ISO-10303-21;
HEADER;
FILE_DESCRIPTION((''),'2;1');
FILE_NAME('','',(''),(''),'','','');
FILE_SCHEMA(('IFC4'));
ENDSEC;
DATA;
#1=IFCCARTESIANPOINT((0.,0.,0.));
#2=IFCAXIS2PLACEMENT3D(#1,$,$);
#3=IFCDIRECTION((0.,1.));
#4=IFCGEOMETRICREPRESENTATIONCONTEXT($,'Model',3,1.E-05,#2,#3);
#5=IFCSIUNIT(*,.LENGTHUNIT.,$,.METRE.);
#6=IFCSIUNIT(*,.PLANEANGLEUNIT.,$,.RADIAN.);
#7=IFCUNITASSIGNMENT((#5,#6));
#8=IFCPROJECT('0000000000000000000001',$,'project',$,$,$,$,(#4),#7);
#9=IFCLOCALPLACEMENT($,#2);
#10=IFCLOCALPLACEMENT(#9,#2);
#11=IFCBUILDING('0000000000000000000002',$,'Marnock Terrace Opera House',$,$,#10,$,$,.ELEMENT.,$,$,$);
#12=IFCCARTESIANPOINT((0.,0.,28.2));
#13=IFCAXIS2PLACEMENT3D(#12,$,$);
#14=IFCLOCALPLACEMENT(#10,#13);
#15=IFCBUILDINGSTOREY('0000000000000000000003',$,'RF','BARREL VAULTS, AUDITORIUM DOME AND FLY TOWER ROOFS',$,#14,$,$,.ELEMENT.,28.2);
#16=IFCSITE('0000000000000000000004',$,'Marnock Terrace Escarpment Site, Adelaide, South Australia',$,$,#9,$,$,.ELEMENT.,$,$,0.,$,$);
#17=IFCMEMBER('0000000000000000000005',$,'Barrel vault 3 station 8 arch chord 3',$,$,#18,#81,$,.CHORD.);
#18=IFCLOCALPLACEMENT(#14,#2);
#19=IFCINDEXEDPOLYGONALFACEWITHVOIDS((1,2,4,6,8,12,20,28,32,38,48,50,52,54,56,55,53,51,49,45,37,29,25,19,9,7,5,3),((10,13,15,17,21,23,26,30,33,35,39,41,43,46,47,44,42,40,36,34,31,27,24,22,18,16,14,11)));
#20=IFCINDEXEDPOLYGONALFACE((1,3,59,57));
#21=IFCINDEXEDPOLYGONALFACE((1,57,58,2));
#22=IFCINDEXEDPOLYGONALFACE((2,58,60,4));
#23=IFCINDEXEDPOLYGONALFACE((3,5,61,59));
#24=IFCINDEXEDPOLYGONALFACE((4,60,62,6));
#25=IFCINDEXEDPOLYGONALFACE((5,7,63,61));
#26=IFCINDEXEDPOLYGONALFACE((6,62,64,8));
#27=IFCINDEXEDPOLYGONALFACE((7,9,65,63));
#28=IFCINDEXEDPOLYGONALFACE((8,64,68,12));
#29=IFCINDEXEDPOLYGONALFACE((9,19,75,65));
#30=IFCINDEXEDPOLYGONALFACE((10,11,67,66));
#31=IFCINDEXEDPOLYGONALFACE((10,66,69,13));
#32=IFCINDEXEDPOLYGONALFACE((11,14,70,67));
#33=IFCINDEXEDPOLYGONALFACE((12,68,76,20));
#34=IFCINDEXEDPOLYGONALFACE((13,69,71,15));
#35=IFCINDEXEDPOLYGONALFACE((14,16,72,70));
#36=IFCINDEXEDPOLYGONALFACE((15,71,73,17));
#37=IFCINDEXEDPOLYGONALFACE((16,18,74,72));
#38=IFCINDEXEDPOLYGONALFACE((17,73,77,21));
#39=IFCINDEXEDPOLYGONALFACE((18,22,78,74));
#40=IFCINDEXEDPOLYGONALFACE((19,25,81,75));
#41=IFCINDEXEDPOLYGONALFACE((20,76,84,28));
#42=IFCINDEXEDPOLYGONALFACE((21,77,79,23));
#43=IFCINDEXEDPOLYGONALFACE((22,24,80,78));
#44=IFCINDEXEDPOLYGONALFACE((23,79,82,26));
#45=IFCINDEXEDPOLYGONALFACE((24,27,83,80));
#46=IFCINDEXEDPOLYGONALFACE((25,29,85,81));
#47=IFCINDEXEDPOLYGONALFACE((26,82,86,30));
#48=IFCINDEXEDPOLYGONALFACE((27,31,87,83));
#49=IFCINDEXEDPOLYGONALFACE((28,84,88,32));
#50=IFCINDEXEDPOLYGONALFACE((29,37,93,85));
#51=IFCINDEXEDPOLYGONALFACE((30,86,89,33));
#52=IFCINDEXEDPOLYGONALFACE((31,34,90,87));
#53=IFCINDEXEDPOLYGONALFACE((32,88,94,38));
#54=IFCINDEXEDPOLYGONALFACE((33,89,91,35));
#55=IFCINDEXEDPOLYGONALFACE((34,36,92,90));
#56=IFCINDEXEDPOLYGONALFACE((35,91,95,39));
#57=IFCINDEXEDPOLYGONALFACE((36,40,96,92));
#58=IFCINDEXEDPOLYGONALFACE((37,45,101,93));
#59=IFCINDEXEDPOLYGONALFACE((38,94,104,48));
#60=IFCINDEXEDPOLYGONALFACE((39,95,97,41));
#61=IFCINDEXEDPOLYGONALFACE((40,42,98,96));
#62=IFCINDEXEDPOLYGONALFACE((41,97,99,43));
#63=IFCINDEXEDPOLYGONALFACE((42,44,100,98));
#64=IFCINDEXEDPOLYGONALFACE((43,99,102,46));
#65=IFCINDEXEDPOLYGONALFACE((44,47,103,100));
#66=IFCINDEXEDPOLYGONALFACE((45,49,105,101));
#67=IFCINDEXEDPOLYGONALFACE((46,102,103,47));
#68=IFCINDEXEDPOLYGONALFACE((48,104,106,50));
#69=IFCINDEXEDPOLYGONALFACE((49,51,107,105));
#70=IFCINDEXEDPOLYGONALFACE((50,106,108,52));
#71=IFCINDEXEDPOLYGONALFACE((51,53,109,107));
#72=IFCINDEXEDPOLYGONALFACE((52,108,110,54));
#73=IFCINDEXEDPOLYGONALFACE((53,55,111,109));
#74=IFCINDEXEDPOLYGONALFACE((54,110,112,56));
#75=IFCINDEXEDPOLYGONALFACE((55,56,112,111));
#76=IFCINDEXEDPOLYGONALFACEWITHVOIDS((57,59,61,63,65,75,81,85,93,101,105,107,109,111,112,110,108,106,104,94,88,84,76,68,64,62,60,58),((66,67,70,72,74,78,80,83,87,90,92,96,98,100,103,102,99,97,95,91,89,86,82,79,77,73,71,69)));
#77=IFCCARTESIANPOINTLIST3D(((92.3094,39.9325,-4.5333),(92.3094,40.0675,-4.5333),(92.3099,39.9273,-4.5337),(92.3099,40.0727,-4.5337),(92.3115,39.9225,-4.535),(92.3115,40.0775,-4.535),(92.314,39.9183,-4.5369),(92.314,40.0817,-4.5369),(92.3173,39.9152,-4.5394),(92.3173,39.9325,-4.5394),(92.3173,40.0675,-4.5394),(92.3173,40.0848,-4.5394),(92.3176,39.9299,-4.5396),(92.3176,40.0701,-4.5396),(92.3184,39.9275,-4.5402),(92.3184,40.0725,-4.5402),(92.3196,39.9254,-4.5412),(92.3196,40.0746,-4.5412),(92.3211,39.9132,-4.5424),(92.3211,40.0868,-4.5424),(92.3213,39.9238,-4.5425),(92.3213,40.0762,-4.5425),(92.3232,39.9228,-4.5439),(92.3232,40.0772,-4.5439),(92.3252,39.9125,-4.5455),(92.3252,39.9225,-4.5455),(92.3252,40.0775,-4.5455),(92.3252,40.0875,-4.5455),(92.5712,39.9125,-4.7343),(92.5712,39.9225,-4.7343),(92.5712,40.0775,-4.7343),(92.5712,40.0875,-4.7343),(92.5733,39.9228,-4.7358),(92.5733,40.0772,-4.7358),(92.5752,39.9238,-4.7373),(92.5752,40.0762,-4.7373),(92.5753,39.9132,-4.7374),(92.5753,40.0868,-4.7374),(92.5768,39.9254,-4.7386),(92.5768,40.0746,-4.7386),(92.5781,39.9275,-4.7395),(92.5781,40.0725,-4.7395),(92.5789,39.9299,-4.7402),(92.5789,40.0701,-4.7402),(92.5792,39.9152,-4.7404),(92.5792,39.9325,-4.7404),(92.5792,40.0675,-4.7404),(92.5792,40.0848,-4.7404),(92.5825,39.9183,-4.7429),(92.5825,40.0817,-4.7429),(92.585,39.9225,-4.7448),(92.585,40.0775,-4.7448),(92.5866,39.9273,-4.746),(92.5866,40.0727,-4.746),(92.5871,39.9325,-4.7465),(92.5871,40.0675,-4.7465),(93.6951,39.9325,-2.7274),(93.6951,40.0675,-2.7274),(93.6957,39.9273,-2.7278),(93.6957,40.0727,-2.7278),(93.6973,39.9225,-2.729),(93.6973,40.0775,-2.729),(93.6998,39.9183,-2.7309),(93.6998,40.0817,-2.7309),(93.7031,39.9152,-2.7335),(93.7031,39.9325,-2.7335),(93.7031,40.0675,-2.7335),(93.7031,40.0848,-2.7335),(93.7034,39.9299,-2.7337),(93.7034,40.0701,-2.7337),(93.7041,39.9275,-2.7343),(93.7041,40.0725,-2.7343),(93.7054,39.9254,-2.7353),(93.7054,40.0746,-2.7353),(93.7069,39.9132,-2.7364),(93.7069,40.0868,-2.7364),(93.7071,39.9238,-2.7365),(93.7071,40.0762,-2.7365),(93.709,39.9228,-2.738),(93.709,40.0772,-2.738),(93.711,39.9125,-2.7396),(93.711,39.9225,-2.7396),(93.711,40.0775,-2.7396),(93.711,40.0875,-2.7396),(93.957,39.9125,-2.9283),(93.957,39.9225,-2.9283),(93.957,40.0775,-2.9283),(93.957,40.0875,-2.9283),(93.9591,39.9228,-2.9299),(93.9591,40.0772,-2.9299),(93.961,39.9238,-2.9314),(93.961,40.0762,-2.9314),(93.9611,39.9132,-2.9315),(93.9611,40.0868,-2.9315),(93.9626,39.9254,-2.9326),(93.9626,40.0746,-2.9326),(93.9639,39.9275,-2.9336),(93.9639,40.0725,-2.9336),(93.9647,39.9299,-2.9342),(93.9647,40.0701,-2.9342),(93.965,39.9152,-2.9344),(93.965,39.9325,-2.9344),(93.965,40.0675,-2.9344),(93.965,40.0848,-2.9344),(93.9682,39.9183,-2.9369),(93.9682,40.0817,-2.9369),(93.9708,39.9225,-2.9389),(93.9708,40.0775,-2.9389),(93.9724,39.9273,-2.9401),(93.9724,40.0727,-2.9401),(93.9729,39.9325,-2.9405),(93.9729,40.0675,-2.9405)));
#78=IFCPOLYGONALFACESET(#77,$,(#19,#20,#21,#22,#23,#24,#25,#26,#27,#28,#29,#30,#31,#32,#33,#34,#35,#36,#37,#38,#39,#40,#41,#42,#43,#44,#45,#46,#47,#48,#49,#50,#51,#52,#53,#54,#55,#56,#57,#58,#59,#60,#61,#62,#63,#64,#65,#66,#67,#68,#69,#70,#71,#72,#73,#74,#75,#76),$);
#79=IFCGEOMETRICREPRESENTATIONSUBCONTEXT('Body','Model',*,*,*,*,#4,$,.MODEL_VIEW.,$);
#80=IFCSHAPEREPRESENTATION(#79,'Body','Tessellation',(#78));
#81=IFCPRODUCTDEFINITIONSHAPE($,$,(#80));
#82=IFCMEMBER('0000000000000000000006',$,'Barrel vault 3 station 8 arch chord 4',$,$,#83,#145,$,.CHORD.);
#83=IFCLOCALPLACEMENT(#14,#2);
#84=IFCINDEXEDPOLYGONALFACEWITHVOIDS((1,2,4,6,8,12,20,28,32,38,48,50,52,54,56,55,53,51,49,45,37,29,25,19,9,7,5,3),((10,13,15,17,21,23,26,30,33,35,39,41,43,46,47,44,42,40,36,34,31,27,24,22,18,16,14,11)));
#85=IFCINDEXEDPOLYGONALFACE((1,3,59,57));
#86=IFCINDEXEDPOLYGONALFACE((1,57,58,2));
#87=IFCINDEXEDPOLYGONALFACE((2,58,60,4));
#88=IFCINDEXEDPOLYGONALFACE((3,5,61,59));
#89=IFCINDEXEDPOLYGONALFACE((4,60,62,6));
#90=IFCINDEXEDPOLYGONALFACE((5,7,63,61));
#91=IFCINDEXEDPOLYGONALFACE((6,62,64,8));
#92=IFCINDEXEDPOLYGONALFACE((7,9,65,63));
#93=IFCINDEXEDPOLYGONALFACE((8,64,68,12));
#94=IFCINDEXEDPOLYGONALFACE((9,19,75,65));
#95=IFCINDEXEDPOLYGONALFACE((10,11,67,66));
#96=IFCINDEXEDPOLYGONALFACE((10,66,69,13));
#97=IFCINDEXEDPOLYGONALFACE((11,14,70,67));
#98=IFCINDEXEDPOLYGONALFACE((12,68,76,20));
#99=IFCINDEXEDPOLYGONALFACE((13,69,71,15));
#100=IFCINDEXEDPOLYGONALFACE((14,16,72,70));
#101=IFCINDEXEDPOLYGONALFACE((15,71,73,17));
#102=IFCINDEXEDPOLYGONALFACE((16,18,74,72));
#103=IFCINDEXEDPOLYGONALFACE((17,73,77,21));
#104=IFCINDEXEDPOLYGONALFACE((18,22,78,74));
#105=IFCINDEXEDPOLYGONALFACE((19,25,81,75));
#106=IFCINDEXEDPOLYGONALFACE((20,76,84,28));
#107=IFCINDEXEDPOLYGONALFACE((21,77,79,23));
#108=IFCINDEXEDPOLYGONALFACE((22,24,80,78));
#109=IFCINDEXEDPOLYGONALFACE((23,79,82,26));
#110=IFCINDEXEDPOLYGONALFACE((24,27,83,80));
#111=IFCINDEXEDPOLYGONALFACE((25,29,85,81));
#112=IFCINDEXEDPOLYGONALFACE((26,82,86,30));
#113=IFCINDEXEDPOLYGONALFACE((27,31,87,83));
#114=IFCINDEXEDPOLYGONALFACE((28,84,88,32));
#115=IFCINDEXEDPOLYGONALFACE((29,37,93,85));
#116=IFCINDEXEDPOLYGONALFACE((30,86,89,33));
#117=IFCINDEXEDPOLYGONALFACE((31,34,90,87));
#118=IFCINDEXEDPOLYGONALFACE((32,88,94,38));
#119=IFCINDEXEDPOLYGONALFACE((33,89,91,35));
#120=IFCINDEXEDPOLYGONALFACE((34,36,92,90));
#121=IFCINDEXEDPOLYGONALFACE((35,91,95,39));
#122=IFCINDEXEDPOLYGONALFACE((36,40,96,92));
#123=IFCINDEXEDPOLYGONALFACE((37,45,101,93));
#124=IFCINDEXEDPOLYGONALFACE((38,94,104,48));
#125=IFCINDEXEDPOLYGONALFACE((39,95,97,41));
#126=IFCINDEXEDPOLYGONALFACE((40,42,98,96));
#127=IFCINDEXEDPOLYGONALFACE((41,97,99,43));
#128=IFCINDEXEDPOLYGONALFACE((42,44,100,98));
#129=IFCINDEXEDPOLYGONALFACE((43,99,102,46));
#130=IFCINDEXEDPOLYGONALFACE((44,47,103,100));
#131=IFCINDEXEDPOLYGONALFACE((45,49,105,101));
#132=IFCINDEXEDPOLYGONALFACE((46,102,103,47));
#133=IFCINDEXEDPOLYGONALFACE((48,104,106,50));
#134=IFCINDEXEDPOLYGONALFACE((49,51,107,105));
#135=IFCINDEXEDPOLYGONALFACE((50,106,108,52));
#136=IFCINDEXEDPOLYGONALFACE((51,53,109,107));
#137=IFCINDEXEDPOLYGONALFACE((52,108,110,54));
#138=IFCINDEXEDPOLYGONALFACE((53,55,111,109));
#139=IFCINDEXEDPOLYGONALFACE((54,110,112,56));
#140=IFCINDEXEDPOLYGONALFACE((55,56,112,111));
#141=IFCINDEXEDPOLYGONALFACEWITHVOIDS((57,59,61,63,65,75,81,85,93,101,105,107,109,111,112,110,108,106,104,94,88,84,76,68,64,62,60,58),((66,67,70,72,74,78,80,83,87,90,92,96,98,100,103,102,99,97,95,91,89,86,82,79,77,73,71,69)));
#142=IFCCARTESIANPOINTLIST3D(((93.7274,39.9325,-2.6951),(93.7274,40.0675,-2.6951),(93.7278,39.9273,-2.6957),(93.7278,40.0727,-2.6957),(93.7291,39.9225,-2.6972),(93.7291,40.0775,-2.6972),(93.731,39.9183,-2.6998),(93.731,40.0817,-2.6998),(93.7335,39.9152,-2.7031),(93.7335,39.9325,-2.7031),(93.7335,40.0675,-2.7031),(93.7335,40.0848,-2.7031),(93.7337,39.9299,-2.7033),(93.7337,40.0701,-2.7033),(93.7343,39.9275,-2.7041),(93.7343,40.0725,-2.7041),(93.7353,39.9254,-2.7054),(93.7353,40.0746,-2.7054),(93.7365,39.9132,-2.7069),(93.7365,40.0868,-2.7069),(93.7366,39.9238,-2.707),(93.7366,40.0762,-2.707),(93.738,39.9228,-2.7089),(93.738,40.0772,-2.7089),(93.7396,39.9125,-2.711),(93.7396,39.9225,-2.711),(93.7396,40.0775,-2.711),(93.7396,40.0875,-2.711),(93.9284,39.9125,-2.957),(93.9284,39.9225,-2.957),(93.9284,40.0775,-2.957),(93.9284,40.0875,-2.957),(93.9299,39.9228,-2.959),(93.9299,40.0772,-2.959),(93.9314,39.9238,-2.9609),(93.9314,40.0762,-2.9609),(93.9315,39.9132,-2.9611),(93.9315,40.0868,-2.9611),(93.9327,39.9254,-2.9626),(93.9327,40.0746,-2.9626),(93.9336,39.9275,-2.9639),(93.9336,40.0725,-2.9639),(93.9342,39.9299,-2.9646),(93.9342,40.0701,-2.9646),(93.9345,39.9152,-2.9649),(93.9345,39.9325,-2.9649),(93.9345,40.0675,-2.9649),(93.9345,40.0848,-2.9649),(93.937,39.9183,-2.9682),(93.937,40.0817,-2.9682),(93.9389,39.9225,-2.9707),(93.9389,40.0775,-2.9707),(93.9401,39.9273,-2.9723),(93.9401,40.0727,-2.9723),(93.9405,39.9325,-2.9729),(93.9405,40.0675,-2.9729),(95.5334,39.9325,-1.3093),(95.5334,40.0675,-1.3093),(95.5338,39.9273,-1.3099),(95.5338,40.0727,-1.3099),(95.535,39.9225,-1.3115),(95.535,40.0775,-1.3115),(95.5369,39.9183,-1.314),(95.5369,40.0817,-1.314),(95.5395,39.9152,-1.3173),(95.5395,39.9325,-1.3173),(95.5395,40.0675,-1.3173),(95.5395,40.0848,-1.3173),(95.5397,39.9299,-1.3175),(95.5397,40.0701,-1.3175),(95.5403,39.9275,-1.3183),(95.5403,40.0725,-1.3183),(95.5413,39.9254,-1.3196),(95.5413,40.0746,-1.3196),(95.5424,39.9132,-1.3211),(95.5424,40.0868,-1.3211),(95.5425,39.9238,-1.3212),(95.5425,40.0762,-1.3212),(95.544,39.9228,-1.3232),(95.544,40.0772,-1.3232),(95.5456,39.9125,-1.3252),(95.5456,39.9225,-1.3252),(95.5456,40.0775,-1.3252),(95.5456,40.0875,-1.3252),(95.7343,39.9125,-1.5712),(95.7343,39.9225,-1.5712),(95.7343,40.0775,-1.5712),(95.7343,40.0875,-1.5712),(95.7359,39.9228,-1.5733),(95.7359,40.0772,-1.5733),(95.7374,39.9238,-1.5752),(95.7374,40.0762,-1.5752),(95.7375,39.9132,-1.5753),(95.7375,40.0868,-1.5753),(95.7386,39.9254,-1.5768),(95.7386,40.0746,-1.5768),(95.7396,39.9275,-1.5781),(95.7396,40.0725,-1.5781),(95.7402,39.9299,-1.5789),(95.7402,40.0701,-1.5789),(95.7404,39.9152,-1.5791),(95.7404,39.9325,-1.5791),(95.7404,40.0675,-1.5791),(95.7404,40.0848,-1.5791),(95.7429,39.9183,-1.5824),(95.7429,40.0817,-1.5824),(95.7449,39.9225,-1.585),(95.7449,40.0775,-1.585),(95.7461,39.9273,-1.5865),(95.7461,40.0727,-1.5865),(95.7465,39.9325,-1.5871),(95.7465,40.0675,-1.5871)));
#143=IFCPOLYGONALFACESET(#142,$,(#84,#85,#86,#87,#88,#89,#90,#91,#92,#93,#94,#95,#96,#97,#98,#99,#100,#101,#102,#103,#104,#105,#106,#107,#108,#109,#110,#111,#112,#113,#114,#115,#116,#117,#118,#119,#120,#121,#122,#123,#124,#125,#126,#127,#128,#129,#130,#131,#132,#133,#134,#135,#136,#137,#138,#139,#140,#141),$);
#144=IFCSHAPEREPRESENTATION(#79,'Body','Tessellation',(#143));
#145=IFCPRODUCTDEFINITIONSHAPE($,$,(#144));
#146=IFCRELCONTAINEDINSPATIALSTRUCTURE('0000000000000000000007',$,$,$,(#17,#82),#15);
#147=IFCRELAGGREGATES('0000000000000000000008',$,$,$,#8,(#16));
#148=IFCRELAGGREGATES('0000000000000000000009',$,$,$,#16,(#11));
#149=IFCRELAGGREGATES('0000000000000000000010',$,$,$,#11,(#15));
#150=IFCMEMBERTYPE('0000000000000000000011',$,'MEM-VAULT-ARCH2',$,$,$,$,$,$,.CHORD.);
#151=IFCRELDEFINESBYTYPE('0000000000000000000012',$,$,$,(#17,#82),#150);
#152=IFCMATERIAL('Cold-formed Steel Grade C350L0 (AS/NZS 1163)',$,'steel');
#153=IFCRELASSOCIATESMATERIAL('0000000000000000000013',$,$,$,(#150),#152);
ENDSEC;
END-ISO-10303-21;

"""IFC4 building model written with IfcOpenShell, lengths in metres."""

from ifc_helpers import new_model, si_unit, direction, frame, origin, origin_2d, place, context, subcontext, project, spatial, hollow_rectangle, extrude, material, material_profile, profile_set, type_object, element, save


model = new_model("IFC4")

# Units and contexts
model_context = context("Model", 3, precision=1e-05, world=origin(), true_north=direction((0.0, 1.0)))
body_context = subcontext(model_context, "Body", "Model", "MODEL_VIEW")
ifc_project = project(units=[si_unit("LENGTHUNIT", "METRE"), si_unit("PLANEANGLEUNIT", "RADIAN")], contexts=[model_context])

# Site, building, storey
site_placement = place(None, origin())
site = spatial("IfcSite", under=ifc_project, at=site_placement, Name="Marnock Terrace Escarpment Site, Adelaide, South Australia", CompositionType="ELEMENT", RefElevation=0.0)
building_placement = place(site_placement, origin())
building = spatial("IfcBuilding", under=site, at=building_placement, Name="Marnock Terrace Opera House", CompositionType="ELEMENT")
storey_placement = place(building_placement, frame((0.0, 0.0, 28.2)))
storey = spatial("IfcBuildingStorey", under=building, at=storey_placement, Name="RF", Description="BARREL VAULTS, AUDITORIUM DOME AND FLY TOWER ROOFS", CompositionType="ELEMENT", Elevation=28.2)

# Members
ifc_material_1 = material(Name="Cold-formed Steel Grade C350L0 (AS/NZS 1163)", Category="steel")
ifc_material_profile_1 = material_profile(ifc_material_1, hollow_rectangle(XDim=0.175, YDim=0.3501, WallThickness=0.01, InnerFilletRadius=0.01, OuterFilletRadius=0.02, at=origin_2d()))
ifc_profile_set_1 = profile_set([ifc_material_profile_1], Name="Cold-formed Steel Grade C350L0 (AS/NZS 1163)")
member_type_1 = type_object("IfcMemberType", Name="MEM-VAULT-ARCH2", PredefinedType="CHORD", material=ifc_profile_set_1)
for number, where, z_axis, x_axis, name in (
    (1, (92.4482, 40.0, -4.6399), (0.608767, 0.0, 0.793349), (0.0, 1.0, 0.0), "Barrel vault 3 station 8 arch chord 3"),
    (2, (93.834, 40.0, -2.834), (0.793349, 0.0, 0.608767), (0.0, 1.0, 0.0), "Barrel vault 3 station 8 arch chord 4"),
):
    element("IfcMember", number, at=place(storey_placement, frame(where, z_axis=z_axis, x_axis=x_axis)), inside=storey, type_object=member_type_1, Name=name, PredefinedType="CHORD", context=body_context, shape_type="SweptSolid", body=[
        extrude(hollow_rectangle(XDim=0.175, YDim=0.3501, WallThickness=0.01, InnerFilletRadius=0.01, OuterFilletRadius=0.02, at=origin_2d()), origin(), (0.0, 0.0, 1.0), 2.2764),
    ])

save(model, "model.ifc")
